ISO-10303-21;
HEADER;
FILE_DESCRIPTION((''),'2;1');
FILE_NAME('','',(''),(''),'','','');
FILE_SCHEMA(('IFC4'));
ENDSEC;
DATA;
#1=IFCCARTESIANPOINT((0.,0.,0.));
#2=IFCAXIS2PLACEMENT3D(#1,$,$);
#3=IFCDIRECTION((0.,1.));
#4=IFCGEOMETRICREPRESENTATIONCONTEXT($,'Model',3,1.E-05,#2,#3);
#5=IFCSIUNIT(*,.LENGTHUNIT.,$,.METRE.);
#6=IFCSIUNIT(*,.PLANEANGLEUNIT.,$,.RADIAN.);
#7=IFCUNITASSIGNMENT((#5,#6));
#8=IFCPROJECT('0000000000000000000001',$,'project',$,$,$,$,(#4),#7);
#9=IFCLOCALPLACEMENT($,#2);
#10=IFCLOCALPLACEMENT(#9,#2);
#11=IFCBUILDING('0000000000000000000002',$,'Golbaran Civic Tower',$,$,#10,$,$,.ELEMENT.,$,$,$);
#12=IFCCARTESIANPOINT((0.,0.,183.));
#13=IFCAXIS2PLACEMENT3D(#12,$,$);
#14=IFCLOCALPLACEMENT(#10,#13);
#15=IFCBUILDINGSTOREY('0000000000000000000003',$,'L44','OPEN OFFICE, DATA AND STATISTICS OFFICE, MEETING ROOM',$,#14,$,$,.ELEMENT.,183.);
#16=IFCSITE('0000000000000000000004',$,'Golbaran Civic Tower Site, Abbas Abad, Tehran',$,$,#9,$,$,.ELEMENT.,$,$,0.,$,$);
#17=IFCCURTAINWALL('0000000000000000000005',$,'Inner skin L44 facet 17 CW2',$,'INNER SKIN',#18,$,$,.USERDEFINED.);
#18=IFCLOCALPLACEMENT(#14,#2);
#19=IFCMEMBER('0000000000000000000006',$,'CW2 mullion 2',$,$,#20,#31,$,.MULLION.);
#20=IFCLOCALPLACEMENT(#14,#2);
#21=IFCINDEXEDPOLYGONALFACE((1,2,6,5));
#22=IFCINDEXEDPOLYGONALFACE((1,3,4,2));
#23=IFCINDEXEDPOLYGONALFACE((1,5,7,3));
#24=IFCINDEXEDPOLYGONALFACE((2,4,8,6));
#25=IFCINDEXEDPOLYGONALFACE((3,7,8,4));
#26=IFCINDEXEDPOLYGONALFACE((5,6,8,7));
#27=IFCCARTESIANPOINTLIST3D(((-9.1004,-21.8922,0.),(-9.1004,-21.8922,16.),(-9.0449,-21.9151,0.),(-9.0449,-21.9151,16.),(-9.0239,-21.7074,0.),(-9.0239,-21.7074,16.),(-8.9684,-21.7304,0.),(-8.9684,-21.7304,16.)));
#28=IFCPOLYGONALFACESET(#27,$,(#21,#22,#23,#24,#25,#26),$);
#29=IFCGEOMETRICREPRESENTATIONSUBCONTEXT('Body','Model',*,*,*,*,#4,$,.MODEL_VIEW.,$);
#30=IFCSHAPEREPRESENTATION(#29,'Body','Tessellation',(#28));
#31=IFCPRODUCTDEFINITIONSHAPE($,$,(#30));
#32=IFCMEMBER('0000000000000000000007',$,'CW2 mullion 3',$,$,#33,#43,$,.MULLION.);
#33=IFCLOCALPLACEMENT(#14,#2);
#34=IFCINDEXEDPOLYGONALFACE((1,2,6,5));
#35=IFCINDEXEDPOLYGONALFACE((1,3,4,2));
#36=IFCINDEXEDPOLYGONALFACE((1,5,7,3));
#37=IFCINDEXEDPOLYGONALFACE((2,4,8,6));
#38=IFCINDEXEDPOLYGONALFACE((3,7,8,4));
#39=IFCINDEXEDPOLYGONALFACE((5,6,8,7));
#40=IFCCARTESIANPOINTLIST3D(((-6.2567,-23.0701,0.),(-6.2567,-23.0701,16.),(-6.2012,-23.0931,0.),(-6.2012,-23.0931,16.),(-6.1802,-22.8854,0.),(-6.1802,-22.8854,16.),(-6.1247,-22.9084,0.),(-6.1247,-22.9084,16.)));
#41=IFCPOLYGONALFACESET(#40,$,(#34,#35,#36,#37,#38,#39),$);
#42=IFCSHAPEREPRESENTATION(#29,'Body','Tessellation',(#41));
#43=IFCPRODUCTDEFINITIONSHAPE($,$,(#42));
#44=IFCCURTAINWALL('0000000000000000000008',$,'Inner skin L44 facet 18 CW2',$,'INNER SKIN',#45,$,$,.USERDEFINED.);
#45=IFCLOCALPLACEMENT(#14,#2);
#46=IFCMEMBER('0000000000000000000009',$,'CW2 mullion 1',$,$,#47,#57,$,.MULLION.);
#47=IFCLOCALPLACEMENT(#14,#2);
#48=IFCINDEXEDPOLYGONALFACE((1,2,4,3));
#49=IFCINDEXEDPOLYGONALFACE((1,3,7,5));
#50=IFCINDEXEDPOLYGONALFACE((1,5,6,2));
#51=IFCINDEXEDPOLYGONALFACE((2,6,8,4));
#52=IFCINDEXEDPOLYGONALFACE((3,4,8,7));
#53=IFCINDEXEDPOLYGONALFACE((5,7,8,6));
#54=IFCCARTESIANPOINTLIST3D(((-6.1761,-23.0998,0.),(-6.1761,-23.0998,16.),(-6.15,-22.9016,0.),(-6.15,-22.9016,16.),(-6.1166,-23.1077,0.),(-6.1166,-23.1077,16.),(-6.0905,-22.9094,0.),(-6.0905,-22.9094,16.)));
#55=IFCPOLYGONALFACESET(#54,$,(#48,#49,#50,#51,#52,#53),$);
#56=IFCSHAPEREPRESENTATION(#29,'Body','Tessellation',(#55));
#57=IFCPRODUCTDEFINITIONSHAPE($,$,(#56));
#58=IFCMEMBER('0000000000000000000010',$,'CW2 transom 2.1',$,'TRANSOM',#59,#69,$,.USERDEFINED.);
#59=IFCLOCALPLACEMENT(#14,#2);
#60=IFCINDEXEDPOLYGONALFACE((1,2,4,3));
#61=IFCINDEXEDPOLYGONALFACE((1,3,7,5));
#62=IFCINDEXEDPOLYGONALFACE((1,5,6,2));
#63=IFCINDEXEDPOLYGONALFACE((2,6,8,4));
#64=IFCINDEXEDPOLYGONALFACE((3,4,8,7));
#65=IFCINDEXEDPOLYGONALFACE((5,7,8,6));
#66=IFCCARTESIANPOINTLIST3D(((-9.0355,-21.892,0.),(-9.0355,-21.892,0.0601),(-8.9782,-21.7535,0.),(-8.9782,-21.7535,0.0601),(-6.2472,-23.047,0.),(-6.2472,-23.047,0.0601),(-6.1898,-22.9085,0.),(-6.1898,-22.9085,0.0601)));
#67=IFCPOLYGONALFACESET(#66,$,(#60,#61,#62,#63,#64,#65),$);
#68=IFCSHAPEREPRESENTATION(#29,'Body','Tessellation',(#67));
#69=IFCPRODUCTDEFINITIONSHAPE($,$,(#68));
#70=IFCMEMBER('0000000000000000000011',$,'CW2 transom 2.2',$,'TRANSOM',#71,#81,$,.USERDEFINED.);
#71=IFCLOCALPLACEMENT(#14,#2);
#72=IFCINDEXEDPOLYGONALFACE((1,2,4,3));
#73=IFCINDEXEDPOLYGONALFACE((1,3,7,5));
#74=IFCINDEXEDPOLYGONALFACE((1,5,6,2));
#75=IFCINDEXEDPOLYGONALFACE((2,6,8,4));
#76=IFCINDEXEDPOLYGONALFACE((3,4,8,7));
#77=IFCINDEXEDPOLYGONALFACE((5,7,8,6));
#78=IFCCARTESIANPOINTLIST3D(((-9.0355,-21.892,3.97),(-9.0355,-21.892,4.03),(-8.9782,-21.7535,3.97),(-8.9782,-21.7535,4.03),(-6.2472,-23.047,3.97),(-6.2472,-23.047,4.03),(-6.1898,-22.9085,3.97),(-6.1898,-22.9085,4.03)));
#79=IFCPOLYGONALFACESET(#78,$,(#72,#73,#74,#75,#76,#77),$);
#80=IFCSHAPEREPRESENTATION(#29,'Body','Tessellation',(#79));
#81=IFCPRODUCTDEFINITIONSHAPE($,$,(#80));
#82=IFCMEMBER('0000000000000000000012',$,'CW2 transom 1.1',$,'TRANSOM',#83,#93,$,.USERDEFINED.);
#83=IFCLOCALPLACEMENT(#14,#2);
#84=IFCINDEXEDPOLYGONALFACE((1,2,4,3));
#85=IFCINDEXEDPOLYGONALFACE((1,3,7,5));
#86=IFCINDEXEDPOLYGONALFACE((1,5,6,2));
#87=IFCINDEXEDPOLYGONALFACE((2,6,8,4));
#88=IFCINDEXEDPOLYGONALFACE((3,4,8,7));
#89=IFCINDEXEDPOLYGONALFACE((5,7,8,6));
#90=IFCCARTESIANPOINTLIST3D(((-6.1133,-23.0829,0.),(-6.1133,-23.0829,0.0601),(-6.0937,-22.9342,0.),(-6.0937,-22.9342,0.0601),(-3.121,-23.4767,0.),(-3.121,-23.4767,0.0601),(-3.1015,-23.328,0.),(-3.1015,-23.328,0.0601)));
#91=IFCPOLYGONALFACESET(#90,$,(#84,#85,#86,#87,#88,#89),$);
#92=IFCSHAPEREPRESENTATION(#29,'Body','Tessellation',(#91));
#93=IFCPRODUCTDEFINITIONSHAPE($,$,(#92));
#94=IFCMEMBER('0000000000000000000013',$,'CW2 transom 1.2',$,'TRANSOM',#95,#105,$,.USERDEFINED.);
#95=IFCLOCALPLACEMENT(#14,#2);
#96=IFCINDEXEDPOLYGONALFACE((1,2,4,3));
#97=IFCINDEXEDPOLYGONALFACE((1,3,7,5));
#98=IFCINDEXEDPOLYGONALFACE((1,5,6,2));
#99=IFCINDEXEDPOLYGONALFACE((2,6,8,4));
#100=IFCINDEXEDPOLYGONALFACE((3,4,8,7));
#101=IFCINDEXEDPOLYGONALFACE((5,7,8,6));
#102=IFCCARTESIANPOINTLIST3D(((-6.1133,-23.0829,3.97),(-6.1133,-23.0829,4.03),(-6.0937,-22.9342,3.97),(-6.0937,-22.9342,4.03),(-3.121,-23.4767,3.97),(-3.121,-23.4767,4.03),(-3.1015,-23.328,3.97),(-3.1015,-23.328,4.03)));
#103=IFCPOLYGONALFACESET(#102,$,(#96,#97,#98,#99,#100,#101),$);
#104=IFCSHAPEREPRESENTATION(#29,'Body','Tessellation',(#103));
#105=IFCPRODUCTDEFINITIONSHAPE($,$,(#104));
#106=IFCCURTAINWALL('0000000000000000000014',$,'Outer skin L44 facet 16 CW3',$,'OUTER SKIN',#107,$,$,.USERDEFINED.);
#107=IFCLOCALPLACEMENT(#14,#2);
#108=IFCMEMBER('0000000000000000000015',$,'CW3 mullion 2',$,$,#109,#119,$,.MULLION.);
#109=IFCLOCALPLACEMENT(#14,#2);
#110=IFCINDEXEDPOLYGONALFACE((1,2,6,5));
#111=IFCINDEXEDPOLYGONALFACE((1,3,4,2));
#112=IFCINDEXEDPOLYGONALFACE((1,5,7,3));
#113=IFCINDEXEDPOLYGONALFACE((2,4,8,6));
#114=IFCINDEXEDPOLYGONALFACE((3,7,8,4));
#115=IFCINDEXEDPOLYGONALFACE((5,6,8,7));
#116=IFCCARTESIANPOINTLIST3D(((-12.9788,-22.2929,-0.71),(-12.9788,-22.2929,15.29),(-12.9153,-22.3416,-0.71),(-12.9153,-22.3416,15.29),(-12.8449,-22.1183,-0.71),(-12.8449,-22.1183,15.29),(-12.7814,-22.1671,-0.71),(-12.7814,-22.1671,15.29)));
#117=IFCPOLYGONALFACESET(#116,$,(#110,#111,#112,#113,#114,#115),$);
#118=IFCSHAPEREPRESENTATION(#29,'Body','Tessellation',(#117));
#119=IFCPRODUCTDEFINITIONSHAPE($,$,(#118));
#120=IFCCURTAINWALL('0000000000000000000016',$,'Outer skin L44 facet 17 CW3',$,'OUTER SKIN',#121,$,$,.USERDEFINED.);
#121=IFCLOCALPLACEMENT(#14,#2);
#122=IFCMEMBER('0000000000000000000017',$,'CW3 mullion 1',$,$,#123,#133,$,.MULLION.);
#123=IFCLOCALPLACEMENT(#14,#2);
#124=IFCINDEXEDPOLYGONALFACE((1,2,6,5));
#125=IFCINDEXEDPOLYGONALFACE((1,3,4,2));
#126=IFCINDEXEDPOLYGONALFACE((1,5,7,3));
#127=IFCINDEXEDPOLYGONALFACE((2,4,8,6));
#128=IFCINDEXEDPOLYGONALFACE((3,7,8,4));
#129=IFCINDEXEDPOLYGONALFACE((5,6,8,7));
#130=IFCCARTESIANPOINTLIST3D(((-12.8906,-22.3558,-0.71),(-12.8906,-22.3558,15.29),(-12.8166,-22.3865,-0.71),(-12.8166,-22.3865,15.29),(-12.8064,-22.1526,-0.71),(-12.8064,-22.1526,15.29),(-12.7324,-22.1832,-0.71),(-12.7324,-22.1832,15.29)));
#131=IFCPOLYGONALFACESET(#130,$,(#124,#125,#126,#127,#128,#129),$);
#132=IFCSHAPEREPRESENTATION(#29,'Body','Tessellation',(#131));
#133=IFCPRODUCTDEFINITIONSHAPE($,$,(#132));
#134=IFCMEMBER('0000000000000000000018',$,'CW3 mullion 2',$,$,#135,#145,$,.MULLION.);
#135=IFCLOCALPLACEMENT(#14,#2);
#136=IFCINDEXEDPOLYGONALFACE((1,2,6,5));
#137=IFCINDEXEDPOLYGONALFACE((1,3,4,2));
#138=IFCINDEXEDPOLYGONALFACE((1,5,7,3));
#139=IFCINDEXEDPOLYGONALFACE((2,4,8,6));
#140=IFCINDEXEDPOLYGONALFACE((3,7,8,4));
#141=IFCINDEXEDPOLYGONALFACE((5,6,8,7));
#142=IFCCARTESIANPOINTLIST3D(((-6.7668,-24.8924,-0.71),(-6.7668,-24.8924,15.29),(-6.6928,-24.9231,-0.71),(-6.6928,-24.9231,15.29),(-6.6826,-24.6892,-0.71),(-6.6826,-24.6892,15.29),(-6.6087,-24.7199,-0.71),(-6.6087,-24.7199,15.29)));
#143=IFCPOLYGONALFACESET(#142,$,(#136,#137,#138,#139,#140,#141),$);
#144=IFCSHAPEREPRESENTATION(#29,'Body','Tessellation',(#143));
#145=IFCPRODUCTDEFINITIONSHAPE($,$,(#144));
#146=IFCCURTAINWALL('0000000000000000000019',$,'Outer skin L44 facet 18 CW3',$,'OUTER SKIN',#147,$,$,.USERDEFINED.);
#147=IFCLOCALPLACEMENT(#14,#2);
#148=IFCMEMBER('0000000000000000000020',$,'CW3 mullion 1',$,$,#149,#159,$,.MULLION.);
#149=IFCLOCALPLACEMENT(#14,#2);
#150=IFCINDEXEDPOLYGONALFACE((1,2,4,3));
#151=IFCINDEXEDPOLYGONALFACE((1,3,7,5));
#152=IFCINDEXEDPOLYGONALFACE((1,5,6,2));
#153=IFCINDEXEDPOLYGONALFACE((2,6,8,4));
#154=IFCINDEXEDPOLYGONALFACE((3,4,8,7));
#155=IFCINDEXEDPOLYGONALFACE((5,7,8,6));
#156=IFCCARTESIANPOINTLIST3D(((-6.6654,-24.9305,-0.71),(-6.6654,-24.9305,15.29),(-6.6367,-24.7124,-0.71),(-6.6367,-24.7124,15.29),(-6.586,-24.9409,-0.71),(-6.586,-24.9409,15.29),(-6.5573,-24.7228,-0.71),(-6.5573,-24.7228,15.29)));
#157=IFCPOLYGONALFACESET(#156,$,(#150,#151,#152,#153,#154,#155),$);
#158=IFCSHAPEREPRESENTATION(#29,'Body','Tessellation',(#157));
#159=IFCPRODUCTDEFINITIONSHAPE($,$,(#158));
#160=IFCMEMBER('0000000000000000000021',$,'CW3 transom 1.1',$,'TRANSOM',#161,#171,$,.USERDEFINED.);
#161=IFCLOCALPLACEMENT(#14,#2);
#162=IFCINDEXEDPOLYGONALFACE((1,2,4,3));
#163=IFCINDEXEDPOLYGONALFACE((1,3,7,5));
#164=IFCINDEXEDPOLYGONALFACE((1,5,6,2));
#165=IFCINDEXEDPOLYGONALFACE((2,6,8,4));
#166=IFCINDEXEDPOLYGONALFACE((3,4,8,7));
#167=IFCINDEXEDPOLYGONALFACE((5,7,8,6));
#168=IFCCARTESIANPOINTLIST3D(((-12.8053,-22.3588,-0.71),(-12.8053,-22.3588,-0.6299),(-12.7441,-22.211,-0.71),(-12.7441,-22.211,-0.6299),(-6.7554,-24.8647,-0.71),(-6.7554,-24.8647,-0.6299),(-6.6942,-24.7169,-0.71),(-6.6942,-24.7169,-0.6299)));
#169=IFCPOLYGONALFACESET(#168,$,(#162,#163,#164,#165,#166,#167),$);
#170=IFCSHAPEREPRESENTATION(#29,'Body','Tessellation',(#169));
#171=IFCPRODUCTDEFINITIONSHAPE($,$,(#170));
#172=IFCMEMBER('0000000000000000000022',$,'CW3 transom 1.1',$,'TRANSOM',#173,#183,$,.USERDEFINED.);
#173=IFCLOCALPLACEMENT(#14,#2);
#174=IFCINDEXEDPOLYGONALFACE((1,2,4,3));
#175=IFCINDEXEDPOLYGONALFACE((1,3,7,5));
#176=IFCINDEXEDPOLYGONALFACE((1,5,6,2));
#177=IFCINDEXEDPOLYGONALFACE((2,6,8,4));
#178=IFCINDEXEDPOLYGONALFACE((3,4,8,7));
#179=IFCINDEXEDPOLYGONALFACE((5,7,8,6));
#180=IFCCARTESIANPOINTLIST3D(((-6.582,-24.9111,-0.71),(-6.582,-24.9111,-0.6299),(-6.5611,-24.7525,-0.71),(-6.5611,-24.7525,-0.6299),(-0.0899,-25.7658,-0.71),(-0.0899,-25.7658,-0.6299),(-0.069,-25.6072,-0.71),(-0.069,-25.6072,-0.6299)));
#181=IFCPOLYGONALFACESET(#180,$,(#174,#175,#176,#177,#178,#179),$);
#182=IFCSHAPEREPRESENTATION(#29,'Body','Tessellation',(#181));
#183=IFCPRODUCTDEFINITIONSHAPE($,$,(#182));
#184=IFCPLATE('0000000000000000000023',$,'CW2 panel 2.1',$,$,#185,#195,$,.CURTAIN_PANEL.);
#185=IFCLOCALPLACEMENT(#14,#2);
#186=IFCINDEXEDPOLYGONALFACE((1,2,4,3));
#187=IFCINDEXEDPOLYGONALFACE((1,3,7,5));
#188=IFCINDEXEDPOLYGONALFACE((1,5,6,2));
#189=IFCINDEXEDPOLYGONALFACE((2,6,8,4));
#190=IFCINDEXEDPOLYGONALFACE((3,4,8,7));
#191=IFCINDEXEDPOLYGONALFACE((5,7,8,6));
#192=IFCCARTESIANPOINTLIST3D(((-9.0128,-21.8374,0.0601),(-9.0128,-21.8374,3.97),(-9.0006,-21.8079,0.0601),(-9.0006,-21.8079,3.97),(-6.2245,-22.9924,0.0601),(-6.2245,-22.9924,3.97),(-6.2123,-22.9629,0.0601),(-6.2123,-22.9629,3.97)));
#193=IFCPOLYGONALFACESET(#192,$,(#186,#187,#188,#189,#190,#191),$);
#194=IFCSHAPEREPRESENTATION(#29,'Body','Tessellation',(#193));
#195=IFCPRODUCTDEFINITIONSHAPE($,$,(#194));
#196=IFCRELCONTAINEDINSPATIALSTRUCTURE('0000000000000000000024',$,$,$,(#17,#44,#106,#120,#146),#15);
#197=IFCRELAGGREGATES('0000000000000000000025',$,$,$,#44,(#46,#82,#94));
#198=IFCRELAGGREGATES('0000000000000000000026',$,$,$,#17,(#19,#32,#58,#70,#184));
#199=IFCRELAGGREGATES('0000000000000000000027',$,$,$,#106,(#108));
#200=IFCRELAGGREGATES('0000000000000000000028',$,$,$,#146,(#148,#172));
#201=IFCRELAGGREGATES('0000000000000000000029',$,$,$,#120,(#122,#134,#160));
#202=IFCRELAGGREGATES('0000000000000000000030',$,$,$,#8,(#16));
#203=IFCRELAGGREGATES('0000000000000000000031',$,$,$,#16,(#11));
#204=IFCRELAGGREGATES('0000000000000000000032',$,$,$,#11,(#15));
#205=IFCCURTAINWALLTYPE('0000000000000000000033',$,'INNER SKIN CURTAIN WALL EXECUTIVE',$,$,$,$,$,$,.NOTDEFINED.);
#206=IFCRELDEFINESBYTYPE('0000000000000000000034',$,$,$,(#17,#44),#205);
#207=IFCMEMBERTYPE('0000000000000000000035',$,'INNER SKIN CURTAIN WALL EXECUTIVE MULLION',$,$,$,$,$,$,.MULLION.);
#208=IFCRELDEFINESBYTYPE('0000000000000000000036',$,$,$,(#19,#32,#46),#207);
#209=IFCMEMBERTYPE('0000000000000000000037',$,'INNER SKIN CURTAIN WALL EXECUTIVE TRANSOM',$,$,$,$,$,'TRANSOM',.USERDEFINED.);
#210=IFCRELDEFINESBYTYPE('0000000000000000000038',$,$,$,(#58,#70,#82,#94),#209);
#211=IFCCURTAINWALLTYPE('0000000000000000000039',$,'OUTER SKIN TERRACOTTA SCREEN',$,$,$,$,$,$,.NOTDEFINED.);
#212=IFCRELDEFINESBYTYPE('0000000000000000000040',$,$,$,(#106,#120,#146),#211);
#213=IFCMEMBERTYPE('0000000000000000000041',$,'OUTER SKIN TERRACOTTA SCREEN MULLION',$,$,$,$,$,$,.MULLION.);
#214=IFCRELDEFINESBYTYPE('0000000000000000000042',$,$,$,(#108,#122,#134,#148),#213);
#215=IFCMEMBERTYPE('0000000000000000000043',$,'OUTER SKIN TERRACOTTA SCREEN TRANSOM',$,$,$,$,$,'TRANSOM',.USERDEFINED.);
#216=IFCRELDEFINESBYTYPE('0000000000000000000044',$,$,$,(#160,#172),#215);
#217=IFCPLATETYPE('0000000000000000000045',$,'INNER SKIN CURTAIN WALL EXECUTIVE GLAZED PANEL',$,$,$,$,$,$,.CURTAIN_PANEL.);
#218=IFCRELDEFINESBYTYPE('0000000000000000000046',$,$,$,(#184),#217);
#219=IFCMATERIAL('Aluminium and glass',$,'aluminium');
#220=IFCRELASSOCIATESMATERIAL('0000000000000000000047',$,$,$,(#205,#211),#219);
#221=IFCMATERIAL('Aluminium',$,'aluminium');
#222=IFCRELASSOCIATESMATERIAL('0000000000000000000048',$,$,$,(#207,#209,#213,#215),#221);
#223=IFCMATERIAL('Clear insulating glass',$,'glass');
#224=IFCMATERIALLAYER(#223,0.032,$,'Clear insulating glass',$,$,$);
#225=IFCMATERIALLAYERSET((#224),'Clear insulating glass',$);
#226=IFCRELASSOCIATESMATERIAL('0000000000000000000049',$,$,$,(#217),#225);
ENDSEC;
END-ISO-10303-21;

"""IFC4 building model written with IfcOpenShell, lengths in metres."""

from ifc_helpers import new_model, si_unit, direction, frame, origin, origin_2d, place, context, subcontext, project, spatial, rectangle, extrude, material, layer, layer_set, material_profile, profile_set, type_object, element, aggregate, save


model = new_model("IFC4")

# Units and contexts
model_context = context("Model", 3, precision=1e-05, world=origin(), true_north=direction((0.0, 1.0)))
body_context = subcontext(model_context, "Body", "Model", "MODEL_VIEW")
ifc_project = project(units=[si_unit("LENGTHUNIT", "METRE"), si_unit("PLANEANGLEUNIT", "RADIAN")], contexts=[model_context])

# Site, building, storey
site_placement = place(None, origin())
site = spatial("IfcSite", under=ifc_project, at=site_placement, Name="Golbaran Civic Tower Site, Abbas Abad, Tehran", CompositionType="ELEMENT", RefElevation=0.0)
building_placement = place(site_placement, origin())
building = spatial("IfcBuilding", under=site, at=building_placement, Name="Golbaran Civic Tower", CompositionType="ELEMENT")
storey_placement = place(building_placement, frame((0.0, 0.0, 183.0)))
storey = spatial("IfcBuildingStorey", under=building, at=storey_placement, Name="L44", Description="OPEN OFFICE, DATA AND STATISTICS OFFICE, MEETING ROOM", CompositionType="ELEMENT", Elevation=183.0)

# Curtain wall, members
ifc_material_1 = material(Name="Aluminium and glass", Category="aluminium")
curtain_wall_type_1 = type_object("IfcCurtainWallType", Name="INNER SKIN CURTAIN WALL EXECUTIVE", PredefinedType="NOTDEFINED", material=ifc_material_1)
curtain_wall_1_placement = place(storey_placement, origin())
curtain_wall_1 = element("IfcCurtainWall", 1, at=curtain_wall_1_placement, inside=storey, type_object=curtain_wall_type_1, Name="Inner skin L44 facet 17 CW2", ObjectType="INNER SKIN", PredefinedType="USERDEFINED")
ifc_material_2 = material(Name="Aluminium", Category="aluminium")
ifc_material_profile_1 = material_profile(ifc_material_2, rectangle(XDim=0.2, YDim=0.0601, at=origin_2d()), Name="INNER SKIN CURTAIN WALL EXECUTIVE MULLION")
ifc_profile_set_1 = profile_set([ifc_material_profile_1], Name="Aluminium")
member_type_1 = type_object("IfcMemberType", Name="INNER SKIN CURTAIN WALL EXECUTIVE MULLION", PredefinedType="MULLION", material=ifc_profile_set_1)
member_1_placement = place(storey_placement, frame((-9.0344, -21.8113, 0.0), z_axis=(0.0, 0.0, 1.0), x_axis=(0.382683, 0.92388, 0.0)))
member_1 = element("IfcMember", 2, at=member_1_placement, type_object=member_type_1, Name="CW2 mullion 2", PredefinedType="MULLION", context=body_context, shape_type="SweptSolid", body=[
    extrude(rectangle(XDim=0.2, YDim=0.0601, at=origin_2d()), origin(), (0.0, 0.0, 1.0), 16.0),
])
member_2_placement = place(storey_placement, frame((-6.1907, -22.9893, 0.0), z_axis=(0.0, 0.0, 1.0), x_axis=(0.382683, 0.92388, 0.0)))
member_2 = element("IfcMember", 3, at=member_2_placement, type_object=member_type_1, Name="CW2 mullion 3", PredefinedType="MULLION", context=body_context, shape_type="SweptSolid", body=[
    extrude(rectangle(XDim=0.2, YDim=0.0601, at=origin_2d()), origin(), (0.0, 0.0, 1.0), 16.0),
])

# Curtain wall, member
curtain_wall_2_placement = place(storey_placement, origin())
curtain_wall_2 = element("IfcCurtainWall", 4, at=curtain_wall_2_placement, inside=storey, type_object=curtain_wall_type_1, Name="Inner skin L44 facet 18 CW2", ObjectType="INNER SKIN", PredefinedType="USERDEFINED")
member_3_placement = place(storey_placement, frame((-6.1333, -23.0046, 0.0), z_axis=(0.0, 0.0, 1.0), x_axis=(0.130526, 0.991445, 0.0)))
member_3 = element("IfcMember", 5, at=member_3_placement, type_object=member_type_1, Name="CW2 mullion 1", PredefinedType="MULLION", context=body_context, shape_type="SweptSolid", body=[
    extrude(rectangle(XDim=0.2, YDim=0.0601, at=origin_2d()), origin(), (0.0, 0.0, 1.0), 16.0),
])

# Members
ifc_material_profile_2 = material_profile(ifc_material_2, rectangle(XDim=0.1499, YDim=0.0601, at=origin_2d()), Name="INNER SKIN CURTAIN WALL EXECUTIVE TRANSOM")
ifc_profile_set_2 = profile_set([ifc_material_profile_2], Name="Aluminium")
member_type_2 = type_object("IfcMemberType", Name="INNER SKIN CURTAIN WALL EXECUTIVE TRANSOM", ElementType="TRANSOM", PredefinedType="USERDEFINED", material=ifc_profile_set_2)
member_4_placement = place(storey_placement, frame((-9.0068, -21.8228, 0.03), z_axis=(0.923872, -0.382702, 0.0), x_axis=(0.382702, 0.923872, 0.0)))
member_4 = element("IfcMember", 6, at=member_4_placement, type_object=member_type_2, Name="CW2 transom 2.1", ObjectType="TRANSOM", PredefinedType="USERDEFINED", context=body_context, shape_type="SweptSolid", body=[
    extrude(rectangle(XDim=0.1499, YDim=0.0601, at=origin_2d()), origin(), (0.0, 0.0, 1.0), 3.0181),
])
member_5_placement = place(storey_placement, frame((-9.0068, -21.8228, 4.0), z_axis=(0.923872, -0.382702, 0.0), x_axis=(0.382702, 0.923872, 0.0)))
member_5 = element("IfcMember", 7, at=member_5_placement, type_object=member_type_2, Name="CW2 transom 2.2", ObjectType="TRANSOM", PredefinedType="USERDEFINED", context=body_context, shape_type="SweptSolid", body=[
    extrude(rectangle(XDim=0.1499, YDim=0.0601, at=origin_2d()), origin(), (0.0, 0.0, 1.0), 3.0181),
])
member_6_placement = place(storey_placement, frame((-6.1035, -23.0085, 0.03), z_axis=(0.99145, -0.130484, 0.0), x_axis=(0.130484, 0.99145, 0.0)))
member_6 = element("IfcMember", 8, at=member_6_placement, type_object=member_type_2, Name="CW2 transom 1.1", ObjectType="TRANSOM", PredefinedType="USERDEFINED", context=body_context, shape_type="SweptSolid", body=[
    extrude(rectangle(XDim=0.1499, YDim=0.0601, at=origin_2d()), origin(), (0.0, 0.0, 1.0), 3.0181),
])
member_7_placement = place(storey_placement, frame((-6.1035, -23.0085, 4.0), z_axis=(0.99145, -0.130484, 0.0), x_axis=(0.130484, 0.99145, 0.0)))
member_7 = element("IfcMember", 9, at=member_7_placement, type_object=member_type_2, Name="CW2 transom 1.2", ObjectType="TRANSOM", PredefinedType="USERDEFINED", context=body_context, shape_type="SweptSolid", body=[
    extrude(rectangle(XDim=0.1499, YDim=0.0601, at=origin_2d()), origin(), (0.0, 0.0, 1.0), 3.0181),
])

# Curtain wall, member
curtain_wall_type_2 = type_object("IfcCurtainWallType", Name="OUTER SKIN TERRACOTTA SCREEN", PredefinedType="NOTDEFINED", material=ifc_material_1)
curtain_wall_3_placement = place(storey_placement, origin())
curtain_wall_3 = element("IfcCurtainWall", 10, at=curtain_wall_3_placement, inside=storey, type_object=curtain_wall_type_2, Name="Outer skin L44 facet 16 CW3", ObjectType="OUTER SKIN", PredefinedType="USERDEFINED")
ifc_material_profile_3 = material_profile(ifc_material_2, rectangle(XDim=0.22, YDim=0.0801, at=origin_2d()), Name="OUTER SKIN TERRACOTTA SCREEN MULLION")
ifc_profile_set_3 = profile_set([ifc_material_profile_3], Name="Aluminium")
member_type_3 = type_object("IfcMemberType", Name="OUTER SKIN TERRACOTTA SCREEN MULLION", PredefinedType="MULLION", material=ifc_profile_set_3)
member_8_placement = place(storey_placement, frame((-12.8801, -22.23, -0.71), z_axis=(0.0, 0.0, 1.0), x_axis=(0.608761, 0.793353, 0.0)))
member_8 = element("IfcMember", 11, at=member_8_placement, type_object=member_type_3, Name="CW3 mullion 2", PredefinedType="MULLION", context=body_context, shape_type="SweptSolid", body=[
    extrude(rectangle(XDim=0.22, YDim=0.0801, at=origin_2d()), origin(), (0.0, 0.0, 1.0), 16.0),
])

# Curtain wall, members
curtain_wall_4_placement = place(storey_placement, origin())
curtain_wall_4 = element("IfcCurtainWall", 12, at=curtain_wall_4_placement, inside=storey, type_object=curtain_wall_type_2, Name="Outer skin L44 facet 17 CW3", ObjectType="OUTER SKIN", PredefinedType="USERDEFINED")
member_9_placement = place(storey_placement, frame((-12.8115, -22.2695, -0.71), z_axis=(0.0, 0.0, 1.0), x_axis=(0.382683, 0.92388, 0.0)))
member_9 = element("IfcMember", 13, at=member_9_placement, type_object=member_type_3, Name="CW3 mullion 1", PredefinedType="MULLION", context=body_context, shape_type="SweptSolid", body=[
    extrude(rectangle(XDim=0.22, YDim=0.0801, at=origin_2d()), origin(), (0.0, 0.0, 1.0), 16.0),
])
member_10_placement = place(storey_placement, frame((-6.6877, -24.8062, -0.71), z_axis=(0.0, 0.0, 1.0), x_axis=(0.382683, 0.92388, 0.0)))
member_10 = element("IfcMember", 14, at=member_10_placement, type_object=member_type_3, Name="CW3 mullion 2", PredefinedType="MULLION", context=body_context, shape_type="SweptSolid", body=[
    extrude(rectangle(XDim=0.22, YDim=0.0801, at=origin_2d()), origin(), (0.0, 0.0, 1.0), 16.0),
])

# Curtain wall, member
curtain_wall_5_placement = place(storey_placement, origin())
curtain_wall_5 = element("IfcCurtainWall", 15, at=curtain_wall_5_placement, inside=storey, type_object=curtain_wall_type_2, Name="Outer skin L44 facet 18 CW3", ObjectType="OUTER SKIN", PredefinedType="USERDEFINED")
member_11_placement = place(storey_placement, frame((-6.6113, -24.8267, -0.71), z_axis=(0.0, 0.0, 1.0), x_axis=(0.130526, 0.991445, 0.0)))
member_11 = element("IfcMember", 16, at=member_11_placement, type_object=member_type_3, Name="CW3 mullion 1", PredefinedType="MULLION", context=body_context, shape_type="SweptSolid", body=[
    extrude(rectangle(XDim=0.22, YDim=0.0801, at=origin_2d()), origin(), (0.0, 0.0, 1.0), 16.0),
])

# Members
ifc_material_profile_4 = material_profile(ifc_material_2, rectangle(XDim=0.1599, YDim=0.0801, at=origin_2d()), Name="OUTER SKIN TERRACOTTA SCREEN TRANSOM")
ifc_profile_set_4 = profile_set([ifc_material_profile_4], Name="Aluminium")
member_type_4 = type_object("IfcMemberType", Name="OUTER SKIN TERRACOTTA SCREEN TRANSOM", ElementType="TRANSOM", PredefinedType="USERDEFINED", material=ifc_profile_set_4)
member_12_placement = place(storey_placement, frame((-12.7747, -22.2849, -0.6699), z_axis=(0.923882, -0.382677, 0.0), x_axis=(0.382677, 0.923882, 0.0)))
member_12 = element("IfcMember", 17, at=member_12_placement, type_object=member_type_4, Name="CW3 transom 1.1", ObjectType="TRANSOM", PredefinedType="USERDEFINED", context=body_context, shape_type="SweptSolid", body=[
    extrude(rectangle(XDim=0.1599, YDim=0.0801, at=origin_2d()), origin(), (0.0, 0.0, 1.0), 6.5483),
])
member_13_placement = place(storey_placement, frame((-6.5715, -24.8318, -0.6699), z_axis=(0.991444, -0.13053, 0.0), x_axis=(0.13053, 0.991444, 0.0)))
member_13 = element("IfcMember", 18, at=member_13_placement, type_object=member_type_4, Name="CW3 transom 1.1", ObjectType="TRANSOM", PredefinedType="USERDEFINED", context=body_context, shape_type="SweptSolid", body=[
    extrude(rectangle(XDim=0.1599, YDim=0.0801, at=origin_2d()), origin(), (0.0, 0.0, 1.0), 6.5481),
])

# Plate
ifc_material_3 = material(Name="Clear insulating glass", Category="glass")
ifc_layer_1 = layer(ifc_material_3, 0.032, Name="Clear insulating glass")
ifc_layer_set_1 = layer_set([ifc_layer_1], Name="Clear insulating glass")
plate_type_1 = type_object("IfcPlateType", Name="INNER SKIN CURTAIN WALL EXECUTIVE GLAZED PANEL", PredefinedType="CURTAIN_PANEL", material=ifc_layer_set_1)
plate_1_placement = place(storey_placement, frame((-7.6125, -22.4001, 0.0601), z_axis=(0.0, 0.0, 1.0), x_axis=(0.92388, -0.382683, 0.0)))
plate_1 = element("IfcPlate", 19, at=plate_1_placement, type_object=plate_type_1, Name="CW2 panel 2.1", PredefinedType="CURTAIN_PANEL", context=body_context, shape_type="SweptSolid", body=[
    extrude(rectangle(XDim=3.0181, YDim=0.032, at=origin_2d()), origin(), (0.0, 0.0, 1.0), 3.9099),
])
aggregate(curtain_wall_2, [member_3, member_6, member_7])
aggregate(curtain_wall_1, [member_1, member_2, member_4, member_5, plate_1])
aggregate(curtain_wall_3, [member_8])
aggregate(curtain_wall_5, [member_11, member_13])
aggregate(curtain_wall_4, [member_9, member_10, member_12])

save(model, "model.ifc")
